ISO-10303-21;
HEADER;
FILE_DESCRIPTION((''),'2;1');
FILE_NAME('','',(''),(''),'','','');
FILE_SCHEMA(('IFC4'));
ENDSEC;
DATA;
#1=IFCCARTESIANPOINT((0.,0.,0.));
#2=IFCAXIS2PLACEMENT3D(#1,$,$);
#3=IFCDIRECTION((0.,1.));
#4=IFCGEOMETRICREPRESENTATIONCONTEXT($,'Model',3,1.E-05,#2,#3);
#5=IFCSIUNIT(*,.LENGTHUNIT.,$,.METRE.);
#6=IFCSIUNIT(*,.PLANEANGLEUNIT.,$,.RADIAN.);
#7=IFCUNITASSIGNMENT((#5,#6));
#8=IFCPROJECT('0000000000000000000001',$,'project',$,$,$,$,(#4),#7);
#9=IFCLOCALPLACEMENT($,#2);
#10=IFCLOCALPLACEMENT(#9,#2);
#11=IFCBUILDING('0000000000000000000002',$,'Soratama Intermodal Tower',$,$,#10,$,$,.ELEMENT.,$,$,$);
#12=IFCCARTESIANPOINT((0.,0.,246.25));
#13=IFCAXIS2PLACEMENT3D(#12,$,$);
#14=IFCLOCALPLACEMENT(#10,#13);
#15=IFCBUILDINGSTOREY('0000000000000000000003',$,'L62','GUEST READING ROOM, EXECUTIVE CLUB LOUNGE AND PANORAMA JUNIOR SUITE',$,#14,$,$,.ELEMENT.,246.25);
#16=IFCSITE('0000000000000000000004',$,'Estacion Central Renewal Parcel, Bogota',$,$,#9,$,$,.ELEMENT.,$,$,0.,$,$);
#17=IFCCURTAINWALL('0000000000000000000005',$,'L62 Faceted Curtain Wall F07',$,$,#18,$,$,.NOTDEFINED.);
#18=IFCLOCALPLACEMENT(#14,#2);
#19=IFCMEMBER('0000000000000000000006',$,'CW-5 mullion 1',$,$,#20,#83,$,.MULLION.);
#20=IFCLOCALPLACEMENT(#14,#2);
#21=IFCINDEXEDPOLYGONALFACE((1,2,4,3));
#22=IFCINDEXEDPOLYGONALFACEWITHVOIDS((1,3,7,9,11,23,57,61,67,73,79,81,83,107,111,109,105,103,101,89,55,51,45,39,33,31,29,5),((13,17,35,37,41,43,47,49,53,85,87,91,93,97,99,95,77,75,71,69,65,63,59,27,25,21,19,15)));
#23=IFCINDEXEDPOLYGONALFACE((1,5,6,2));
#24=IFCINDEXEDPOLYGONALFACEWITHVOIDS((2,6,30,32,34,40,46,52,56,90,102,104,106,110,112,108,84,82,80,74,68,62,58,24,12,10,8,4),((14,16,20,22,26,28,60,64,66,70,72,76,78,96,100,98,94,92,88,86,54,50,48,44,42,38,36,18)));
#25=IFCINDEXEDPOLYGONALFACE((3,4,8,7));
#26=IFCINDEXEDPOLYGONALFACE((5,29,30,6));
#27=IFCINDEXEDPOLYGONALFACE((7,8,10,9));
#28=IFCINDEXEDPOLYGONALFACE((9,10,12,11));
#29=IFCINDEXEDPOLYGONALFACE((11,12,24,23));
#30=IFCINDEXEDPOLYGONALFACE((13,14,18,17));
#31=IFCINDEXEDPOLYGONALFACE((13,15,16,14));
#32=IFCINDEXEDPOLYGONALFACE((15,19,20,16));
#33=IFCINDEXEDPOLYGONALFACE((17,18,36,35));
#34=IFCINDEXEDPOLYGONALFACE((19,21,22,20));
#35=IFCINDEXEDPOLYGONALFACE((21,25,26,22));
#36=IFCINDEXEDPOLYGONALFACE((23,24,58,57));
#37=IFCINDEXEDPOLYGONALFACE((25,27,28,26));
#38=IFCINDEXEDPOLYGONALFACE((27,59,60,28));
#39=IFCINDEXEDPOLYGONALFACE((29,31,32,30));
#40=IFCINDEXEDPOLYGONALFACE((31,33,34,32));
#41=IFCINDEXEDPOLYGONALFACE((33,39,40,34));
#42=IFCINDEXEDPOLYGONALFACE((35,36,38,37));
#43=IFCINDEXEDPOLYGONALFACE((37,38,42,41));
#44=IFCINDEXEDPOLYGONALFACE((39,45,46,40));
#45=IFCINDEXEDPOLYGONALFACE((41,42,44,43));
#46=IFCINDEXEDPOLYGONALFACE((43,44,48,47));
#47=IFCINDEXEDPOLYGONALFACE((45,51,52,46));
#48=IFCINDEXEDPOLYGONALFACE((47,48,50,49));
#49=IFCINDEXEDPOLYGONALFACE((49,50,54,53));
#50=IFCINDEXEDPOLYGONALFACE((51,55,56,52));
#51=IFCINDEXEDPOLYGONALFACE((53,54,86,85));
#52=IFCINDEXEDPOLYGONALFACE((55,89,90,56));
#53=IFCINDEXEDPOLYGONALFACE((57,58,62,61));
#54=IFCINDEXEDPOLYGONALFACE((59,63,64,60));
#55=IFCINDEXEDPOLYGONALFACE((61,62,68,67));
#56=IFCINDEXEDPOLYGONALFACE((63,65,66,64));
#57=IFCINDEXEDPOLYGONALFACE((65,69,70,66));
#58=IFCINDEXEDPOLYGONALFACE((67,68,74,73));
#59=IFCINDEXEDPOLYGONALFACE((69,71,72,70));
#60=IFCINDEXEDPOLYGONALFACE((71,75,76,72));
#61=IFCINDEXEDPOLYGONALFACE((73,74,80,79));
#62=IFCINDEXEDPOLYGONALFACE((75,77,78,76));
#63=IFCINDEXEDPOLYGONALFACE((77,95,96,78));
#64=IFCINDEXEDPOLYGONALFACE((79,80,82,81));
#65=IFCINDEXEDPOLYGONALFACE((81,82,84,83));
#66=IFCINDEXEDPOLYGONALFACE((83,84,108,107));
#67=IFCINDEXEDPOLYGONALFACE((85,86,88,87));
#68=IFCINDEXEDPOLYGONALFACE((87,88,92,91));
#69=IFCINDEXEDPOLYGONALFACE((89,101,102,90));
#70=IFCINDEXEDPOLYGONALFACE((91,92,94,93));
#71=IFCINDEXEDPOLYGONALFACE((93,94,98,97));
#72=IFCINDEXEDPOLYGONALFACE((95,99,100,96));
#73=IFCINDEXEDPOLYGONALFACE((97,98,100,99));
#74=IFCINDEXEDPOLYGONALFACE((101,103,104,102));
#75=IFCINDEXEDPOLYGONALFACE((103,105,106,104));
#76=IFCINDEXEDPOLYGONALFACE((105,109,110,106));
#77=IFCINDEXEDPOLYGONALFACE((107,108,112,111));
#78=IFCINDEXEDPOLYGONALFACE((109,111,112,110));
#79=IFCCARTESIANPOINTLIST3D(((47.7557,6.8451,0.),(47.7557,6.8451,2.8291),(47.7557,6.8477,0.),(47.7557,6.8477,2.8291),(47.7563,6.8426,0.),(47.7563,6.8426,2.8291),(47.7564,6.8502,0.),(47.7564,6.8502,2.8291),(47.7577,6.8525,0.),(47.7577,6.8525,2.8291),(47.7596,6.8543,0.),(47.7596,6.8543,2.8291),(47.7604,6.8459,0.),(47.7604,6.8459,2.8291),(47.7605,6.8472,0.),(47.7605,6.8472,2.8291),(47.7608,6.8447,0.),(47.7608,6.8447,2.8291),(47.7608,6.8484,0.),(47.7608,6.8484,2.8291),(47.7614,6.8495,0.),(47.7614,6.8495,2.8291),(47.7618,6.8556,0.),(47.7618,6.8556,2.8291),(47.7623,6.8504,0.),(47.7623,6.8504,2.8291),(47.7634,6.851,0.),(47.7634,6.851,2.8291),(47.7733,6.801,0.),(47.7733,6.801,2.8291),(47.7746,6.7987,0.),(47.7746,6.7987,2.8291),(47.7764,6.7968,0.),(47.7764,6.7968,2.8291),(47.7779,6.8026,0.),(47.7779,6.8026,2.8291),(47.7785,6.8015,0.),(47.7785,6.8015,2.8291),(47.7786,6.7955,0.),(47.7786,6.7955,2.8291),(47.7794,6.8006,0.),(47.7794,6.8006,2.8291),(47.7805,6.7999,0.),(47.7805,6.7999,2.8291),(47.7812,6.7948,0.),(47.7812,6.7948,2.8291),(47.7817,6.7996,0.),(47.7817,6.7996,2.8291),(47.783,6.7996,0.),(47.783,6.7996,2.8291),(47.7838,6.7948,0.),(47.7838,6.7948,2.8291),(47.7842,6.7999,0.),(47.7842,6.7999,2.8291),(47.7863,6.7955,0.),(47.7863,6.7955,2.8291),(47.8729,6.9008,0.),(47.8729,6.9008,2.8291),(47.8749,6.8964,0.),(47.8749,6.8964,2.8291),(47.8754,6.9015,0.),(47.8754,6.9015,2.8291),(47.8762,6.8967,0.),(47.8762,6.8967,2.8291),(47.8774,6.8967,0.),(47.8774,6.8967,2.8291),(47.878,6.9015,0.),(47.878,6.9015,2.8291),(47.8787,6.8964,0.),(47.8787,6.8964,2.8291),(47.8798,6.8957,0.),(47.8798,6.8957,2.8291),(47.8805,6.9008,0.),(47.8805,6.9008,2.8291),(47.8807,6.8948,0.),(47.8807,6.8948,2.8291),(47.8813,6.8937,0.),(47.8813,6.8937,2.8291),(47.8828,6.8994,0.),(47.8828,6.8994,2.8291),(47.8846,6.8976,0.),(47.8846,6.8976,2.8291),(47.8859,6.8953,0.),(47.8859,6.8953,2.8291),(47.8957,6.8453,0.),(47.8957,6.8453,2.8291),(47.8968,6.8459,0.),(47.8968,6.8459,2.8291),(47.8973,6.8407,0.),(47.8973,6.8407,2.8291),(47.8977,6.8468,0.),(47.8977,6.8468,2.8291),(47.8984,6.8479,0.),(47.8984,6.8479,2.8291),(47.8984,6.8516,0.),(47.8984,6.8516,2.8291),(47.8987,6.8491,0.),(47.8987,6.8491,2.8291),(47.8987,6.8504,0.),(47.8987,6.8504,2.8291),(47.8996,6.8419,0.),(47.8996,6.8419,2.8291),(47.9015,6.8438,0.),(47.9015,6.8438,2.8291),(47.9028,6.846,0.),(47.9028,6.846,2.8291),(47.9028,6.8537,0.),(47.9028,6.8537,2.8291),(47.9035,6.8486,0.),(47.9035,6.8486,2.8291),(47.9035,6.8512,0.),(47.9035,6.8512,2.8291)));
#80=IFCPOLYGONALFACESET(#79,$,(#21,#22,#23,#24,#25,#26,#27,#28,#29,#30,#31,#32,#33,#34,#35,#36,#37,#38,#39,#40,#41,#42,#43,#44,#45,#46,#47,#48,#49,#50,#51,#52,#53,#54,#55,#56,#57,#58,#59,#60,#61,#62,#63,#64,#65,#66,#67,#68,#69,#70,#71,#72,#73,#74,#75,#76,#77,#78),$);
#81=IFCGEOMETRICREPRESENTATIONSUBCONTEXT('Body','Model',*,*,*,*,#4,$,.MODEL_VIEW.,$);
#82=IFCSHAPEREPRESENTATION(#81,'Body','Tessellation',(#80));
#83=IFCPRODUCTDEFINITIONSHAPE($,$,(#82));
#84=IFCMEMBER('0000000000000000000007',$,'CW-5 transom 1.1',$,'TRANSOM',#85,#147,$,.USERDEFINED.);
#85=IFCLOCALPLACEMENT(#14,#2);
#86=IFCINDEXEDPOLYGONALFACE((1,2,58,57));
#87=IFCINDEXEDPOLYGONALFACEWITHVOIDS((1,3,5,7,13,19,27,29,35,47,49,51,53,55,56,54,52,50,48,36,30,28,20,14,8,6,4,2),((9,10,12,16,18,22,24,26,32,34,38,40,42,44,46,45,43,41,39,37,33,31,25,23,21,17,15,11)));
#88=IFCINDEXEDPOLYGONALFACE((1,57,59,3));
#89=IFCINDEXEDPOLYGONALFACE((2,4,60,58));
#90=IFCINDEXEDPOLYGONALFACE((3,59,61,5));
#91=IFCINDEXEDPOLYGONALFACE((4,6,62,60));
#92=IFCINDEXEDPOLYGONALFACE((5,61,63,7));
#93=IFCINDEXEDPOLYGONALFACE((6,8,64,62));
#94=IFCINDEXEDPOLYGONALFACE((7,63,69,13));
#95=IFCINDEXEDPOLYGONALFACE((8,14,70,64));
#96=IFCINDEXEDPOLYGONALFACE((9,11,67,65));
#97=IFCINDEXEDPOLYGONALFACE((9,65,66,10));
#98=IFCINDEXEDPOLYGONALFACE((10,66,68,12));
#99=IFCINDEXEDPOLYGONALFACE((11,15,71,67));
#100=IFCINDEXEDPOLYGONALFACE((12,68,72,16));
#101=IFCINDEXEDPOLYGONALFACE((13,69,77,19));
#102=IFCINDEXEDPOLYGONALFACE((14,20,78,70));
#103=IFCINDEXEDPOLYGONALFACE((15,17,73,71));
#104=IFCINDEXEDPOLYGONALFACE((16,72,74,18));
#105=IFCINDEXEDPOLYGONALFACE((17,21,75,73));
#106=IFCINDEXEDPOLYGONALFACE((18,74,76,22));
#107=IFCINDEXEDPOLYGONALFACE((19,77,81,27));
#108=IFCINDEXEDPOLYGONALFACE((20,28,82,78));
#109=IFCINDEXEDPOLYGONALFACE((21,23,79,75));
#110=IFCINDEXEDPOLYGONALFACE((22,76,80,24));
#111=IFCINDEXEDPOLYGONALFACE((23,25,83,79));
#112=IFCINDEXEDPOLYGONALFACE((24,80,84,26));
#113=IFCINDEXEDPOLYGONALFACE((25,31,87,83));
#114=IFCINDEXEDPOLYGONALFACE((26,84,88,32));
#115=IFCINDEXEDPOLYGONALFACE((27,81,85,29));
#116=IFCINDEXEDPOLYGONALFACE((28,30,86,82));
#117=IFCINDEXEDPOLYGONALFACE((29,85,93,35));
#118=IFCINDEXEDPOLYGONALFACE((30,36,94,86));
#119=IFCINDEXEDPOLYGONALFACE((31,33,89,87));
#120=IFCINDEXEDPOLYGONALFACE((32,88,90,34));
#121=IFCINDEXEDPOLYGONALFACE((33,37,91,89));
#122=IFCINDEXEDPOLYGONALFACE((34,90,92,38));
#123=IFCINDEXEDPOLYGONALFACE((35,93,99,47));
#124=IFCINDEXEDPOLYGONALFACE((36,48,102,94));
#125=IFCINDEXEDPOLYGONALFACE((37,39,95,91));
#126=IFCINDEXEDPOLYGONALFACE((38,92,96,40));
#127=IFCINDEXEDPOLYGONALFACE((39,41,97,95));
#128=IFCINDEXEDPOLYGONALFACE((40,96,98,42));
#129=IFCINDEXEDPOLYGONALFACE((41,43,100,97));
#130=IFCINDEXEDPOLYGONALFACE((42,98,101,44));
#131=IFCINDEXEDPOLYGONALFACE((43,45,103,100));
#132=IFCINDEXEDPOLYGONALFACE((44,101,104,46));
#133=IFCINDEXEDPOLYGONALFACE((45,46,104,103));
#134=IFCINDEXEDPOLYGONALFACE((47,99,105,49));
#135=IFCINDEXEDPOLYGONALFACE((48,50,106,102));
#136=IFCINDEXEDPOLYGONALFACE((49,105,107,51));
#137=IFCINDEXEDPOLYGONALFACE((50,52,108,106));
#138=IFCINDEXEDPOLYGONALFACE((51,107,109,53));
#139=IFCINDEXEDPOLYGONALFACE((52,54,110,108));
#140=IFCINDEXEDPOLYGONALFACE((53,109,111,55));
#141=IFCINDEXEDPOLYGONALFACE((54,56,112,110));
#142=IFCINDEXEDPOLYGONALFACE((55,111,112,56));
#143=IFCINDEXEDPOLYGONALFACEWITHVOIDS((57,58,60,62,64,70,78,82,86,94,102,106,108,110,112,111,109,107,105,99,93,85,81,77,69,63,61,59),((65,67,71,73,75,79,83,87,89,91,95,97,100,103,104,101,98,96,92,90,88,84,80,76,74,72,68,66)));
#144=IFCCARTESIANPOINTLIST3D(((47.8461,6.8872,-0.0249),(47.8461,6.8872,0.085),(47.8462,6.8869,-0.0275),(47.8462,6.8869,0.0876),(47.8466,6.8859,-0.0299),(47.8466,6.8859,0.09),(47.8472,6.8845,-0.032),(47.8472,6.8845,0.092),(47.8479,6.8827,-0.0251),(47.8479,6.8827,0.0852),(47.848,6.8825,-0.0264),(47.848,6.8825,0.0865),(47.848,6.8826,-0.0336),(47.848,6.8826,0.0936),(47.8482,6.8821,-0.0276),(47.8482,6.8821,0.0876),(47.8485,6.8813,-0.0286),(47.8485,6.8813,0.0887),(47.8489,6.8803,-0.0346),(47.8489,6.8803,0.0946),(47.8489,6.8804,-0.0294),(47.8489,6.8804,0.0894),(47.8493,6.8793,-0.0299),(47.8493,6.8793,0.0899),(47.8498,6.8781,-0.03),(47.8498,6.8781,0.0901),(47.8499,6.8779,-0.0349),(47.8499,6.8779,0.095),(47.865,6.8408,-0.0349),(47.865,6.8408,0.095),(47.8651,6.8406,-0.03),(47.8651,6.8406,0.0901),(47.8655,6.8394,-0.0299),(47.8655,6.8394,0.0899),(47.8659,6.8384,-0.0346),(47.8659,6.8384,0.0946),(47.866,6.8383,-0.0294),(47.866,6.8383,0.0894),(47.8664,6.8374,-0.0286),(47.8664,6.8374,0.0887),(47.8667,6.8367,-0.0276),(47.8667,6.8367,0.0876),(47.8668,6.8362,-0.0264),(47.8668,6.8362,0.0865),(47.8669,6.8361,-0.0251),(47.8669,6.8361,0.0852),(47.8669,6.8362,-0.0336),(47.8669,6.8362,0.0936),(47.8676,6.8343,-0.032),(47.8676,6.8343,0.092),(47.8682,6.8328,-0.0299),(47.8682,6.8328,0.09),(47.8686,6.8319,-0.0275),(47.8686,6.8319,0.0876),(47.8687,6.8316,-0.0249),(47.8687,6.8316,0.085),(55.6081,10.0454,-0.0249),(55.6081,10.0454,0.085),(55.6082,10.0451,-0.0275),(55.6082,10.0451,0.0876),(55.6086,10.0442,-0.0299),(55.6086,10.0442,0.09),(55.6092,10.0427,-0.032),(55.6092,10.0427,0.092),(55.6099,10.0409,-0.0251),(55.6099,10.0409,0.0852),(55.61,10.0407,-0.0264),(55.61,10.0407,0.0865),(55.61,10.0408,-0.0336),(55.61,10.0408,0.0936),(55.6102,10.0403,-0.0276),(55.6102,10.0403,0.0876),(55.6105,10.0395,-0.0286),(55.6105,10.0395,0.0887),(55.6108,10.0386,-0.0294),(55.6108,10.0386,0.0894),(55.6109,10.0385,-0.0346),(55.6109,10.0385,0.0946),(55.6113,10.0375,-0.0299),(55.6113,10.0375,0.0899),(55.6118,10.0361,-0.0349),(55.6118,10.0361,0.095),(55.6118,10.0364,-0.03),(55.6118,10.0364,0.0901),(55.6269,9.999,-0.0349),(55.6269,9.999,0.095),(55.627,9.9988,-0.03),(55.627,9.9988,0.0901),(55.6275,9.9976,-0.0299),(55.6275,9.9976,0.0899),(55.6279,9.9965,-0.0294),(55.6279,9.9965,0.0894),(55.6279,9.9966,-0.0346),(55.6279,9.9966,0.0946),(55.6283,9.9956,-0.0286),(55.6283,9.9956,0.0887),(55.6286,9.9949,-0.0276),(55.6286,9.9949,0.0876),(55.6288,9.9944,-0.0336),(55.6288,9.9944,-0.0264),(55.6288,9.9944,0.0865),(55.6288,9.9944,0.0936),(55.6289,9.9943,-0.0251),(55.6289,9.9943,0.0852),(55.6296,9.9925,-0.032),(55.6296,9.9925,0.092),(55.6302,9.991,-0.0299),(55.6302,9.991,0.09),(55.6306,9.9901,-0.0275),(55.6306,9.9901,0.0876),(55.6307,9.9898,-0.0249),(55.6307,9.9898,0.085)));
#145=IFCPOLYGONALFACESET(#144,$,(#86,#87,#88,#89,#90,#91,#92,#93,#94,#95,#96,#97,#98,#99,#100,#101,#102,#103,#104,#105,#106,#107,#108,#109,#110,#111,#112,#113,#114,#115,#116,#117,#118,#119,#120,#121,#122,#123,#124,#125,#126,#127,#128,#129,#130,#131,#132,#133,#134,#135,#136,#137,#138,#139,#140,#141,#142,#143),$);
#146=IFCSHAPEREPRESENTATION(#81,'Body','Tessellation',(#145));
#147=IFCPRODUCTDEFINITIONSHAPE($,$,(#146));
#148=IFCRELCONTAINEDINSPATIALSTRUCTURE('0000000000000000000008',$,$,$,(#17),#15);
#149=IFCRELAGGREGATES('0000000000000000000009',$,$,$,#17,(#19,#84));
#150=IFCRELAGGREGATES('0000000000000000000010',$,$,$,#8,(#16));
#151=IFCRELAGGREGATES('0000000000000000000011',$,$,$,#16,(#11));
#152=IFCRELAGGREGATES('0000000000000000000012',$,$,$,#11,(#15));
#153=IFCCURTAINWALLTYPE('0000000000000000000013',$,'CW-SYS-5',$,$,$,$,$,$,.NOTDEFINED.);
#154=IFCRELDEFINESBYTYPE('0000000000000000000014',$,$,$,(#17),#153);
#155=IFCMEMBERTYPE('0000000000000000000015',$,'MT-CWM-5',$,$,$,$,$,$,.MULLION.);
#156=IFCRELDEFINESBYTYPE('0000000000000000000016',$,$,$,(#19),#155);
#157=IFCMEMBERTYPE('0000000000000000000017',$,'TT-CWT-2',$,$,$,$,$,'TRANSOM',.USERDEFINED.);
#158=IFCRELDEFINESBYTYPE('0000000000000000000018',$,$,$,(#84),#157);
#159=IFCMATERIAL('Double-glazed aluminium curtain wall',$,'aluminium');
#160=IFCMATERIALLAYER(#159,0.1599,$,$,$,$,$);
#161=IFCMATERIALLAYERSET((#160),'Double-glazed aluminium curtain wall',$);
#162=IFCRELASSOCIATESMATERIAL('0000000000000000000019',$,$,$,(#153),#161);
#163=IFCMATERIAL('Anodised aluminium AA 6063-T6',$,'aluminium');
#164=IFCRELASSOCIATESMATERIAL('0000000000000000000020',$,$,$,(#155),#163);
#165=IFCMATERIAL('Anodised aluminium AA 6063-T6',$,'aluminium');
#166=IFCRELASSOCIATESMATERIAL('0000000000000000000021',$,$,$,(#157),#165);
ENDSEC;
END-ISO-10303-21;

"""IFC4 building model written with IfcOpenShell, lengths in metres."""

from ifc_helpers import new_model, si_unit, direction, frame, origin, origin_2d, place, context, subcontext, project, spatial, hollow_rectangle, extrude, material, layer, layer_set, material_profile, profile_set, type_object, element, aggregate, save


model = new_model("IFC4")

# Units and contexts
model_context = context("Model", 3, precision=1e-05, world=origin(), true_north=direction((0.0, 1.0)))
body_context = subcontext(model_context, "Body", "Model", "MODEL_VIEW")
ifc_project = project(units=[si_unit("LENGTHUNIT", "METRE"), si_unit("PLANEANGLEUNIT", "RADIAN")], contexts=[model_context])

# Site, building, storey
site_placement = place(None, origin())
site = spatial("IfcSite", under=ifc_project, at=site_placement, Name="Estacion Central Renewal Parcel, Bogota", CompositionType="ELEMENT", RefElevation=0.0)
building_placement = place(site_placement, origin())
building = spatial("IfcBuilding", under=site, at=building_placement, Name="Soratama Intermodal Tower", CompositionType="ELEMENT")
storey_placement = place(building_placement, frame((0.0, 0.0, 246.25)))
storey = spatial("IfcBuildingStorey", under=building, at=storey_placement, Name="L62", Description="GUEST READING ROOM, EXECUTIVE CLUB LOUNGE AND PANORAMA JUNIOR SUITE", CompositionType="ELEMENT", Elevation=246.25)

# Shared definitions
ifc_material_1 = material(Name="Double-glazed aluminium curtain wall", Category="aluminium")
ifc_layer_1 = layer(ifc_material_1, 0.1599)
ifc_layer_set_1 = layer_set([ifc_layer_1], Name="Double-glazed aluminium curtain wall")
curtain_wall_type = type_object("IfcCurtainWallType", Name="CW-SYS-5", PredefinedType="NOTDEFINED", material=ifc_layer_set_1)
ifc_material_2 = material(Name="Anodised aluminium AA 6063-T6", Category="aluminium")
ifc_material_profile_1 = material_profile(ifc_material_2, hollow_rectangle(XDim=0.0649, YDim=0.1399, WallThickness=0.0049, InnerFilletRadius=0.0049, OuterFilletRadius=0.01, at=origin_2d()), Name="CWM140X65X5")
ifc_profile_set_1 = profile_set([ifc_material_profile_1], Name="Anodised aluminium AA 6063-T6")
member_type_1 = type_object("IfcMemberType", Name="MT-CWM-5", PredefinedType="MULLION", material=ifc_profile_set_1)

# Curtain wall, members
curtain_wall_1_placement = place(storey_placement, origin())
curtain_wall_1 = element("IfcCurtainWall", 1, at=curtain_wall_1_placement, inside=storey, type_object=curtain_wall_type, Name="L62 Faceted Curtain Wall F07", PredefinedType="NOTDEFINED")
member_1_placement = place(storey_placement, frame((47.8296, 6.8481, 0.0), z_axis=(0.0, 0.0, 1.0), x_axis=(-0.376881, 0.926262, 0.0)))
member_1 = element("IfcMember", 2, at=member_1_placement, type_object=member_type_1, Name="CW-5 mullion 1", PredefinedType="MULLION", context=body_context, shape_type="SweptSolid", body=[
    extrude(hollow_rectangle(XDim=0.0649, YDim=0.1399, WallThickness=0.0049, InnerFilletRadius=0.0049, OuterFilletRadius=0.01, at=origin_2d()), origin(), (0.0, 0.0, 1.0), 2.8291),
])
ifc_material_3 = material(Name="Anodised aluminium AA 6063-T6", Category="aluminium")
ifc_material_profile_2 = material_profile(ifc_material_3, hollow_rectangle(XDim=0.0601, YDim=0.1299, WallThickness=0.0049, InnerFilletRadius=0.0049, OuterFilletRadius=0.01, at=origin_2d()), Name="CWT130X60X5")
ifc_profile_set_2 = profile_set([ifc_material_profile_2], Name="Anodised aluminium AA 6063-T6")
member_type_2 = type_object("IfcMemberType", Name="TT-CWT-2", ElementType="TRANSOM", PredefinedType="USERDEFINED", material=ifc_profile_set_2)
member_2_placement = place(storey_placement, frame((47.8574, 6.8594, 0.03), z_axis=(0.926262, 0.376879, 0.0), x_axis=(-0.376879, 0.926262, 0.0)))
member_2 = element("IfcMember", 3, at=member_2_placement, type_object=member_type_2, Name="CW-5 transom 1.1", ObjectType="TRANSOM", PredefinedType="USERDEFINED", context=body_context, shape_type="SweptSolid", body=[
    extrude(hollow_rectangle(XDim=0.0601, YDim=0.1299, WallThickness=0.0049, InnerFilletRadius=0.0049, OuterFilletRadius=0.01, at=origin_2d()), origin(), (0.0, 0.0, 1.0), 8.3799),
])
aggregate(curtain_wall_1, [member_1, member_2])

save(model, "model.ifc")
